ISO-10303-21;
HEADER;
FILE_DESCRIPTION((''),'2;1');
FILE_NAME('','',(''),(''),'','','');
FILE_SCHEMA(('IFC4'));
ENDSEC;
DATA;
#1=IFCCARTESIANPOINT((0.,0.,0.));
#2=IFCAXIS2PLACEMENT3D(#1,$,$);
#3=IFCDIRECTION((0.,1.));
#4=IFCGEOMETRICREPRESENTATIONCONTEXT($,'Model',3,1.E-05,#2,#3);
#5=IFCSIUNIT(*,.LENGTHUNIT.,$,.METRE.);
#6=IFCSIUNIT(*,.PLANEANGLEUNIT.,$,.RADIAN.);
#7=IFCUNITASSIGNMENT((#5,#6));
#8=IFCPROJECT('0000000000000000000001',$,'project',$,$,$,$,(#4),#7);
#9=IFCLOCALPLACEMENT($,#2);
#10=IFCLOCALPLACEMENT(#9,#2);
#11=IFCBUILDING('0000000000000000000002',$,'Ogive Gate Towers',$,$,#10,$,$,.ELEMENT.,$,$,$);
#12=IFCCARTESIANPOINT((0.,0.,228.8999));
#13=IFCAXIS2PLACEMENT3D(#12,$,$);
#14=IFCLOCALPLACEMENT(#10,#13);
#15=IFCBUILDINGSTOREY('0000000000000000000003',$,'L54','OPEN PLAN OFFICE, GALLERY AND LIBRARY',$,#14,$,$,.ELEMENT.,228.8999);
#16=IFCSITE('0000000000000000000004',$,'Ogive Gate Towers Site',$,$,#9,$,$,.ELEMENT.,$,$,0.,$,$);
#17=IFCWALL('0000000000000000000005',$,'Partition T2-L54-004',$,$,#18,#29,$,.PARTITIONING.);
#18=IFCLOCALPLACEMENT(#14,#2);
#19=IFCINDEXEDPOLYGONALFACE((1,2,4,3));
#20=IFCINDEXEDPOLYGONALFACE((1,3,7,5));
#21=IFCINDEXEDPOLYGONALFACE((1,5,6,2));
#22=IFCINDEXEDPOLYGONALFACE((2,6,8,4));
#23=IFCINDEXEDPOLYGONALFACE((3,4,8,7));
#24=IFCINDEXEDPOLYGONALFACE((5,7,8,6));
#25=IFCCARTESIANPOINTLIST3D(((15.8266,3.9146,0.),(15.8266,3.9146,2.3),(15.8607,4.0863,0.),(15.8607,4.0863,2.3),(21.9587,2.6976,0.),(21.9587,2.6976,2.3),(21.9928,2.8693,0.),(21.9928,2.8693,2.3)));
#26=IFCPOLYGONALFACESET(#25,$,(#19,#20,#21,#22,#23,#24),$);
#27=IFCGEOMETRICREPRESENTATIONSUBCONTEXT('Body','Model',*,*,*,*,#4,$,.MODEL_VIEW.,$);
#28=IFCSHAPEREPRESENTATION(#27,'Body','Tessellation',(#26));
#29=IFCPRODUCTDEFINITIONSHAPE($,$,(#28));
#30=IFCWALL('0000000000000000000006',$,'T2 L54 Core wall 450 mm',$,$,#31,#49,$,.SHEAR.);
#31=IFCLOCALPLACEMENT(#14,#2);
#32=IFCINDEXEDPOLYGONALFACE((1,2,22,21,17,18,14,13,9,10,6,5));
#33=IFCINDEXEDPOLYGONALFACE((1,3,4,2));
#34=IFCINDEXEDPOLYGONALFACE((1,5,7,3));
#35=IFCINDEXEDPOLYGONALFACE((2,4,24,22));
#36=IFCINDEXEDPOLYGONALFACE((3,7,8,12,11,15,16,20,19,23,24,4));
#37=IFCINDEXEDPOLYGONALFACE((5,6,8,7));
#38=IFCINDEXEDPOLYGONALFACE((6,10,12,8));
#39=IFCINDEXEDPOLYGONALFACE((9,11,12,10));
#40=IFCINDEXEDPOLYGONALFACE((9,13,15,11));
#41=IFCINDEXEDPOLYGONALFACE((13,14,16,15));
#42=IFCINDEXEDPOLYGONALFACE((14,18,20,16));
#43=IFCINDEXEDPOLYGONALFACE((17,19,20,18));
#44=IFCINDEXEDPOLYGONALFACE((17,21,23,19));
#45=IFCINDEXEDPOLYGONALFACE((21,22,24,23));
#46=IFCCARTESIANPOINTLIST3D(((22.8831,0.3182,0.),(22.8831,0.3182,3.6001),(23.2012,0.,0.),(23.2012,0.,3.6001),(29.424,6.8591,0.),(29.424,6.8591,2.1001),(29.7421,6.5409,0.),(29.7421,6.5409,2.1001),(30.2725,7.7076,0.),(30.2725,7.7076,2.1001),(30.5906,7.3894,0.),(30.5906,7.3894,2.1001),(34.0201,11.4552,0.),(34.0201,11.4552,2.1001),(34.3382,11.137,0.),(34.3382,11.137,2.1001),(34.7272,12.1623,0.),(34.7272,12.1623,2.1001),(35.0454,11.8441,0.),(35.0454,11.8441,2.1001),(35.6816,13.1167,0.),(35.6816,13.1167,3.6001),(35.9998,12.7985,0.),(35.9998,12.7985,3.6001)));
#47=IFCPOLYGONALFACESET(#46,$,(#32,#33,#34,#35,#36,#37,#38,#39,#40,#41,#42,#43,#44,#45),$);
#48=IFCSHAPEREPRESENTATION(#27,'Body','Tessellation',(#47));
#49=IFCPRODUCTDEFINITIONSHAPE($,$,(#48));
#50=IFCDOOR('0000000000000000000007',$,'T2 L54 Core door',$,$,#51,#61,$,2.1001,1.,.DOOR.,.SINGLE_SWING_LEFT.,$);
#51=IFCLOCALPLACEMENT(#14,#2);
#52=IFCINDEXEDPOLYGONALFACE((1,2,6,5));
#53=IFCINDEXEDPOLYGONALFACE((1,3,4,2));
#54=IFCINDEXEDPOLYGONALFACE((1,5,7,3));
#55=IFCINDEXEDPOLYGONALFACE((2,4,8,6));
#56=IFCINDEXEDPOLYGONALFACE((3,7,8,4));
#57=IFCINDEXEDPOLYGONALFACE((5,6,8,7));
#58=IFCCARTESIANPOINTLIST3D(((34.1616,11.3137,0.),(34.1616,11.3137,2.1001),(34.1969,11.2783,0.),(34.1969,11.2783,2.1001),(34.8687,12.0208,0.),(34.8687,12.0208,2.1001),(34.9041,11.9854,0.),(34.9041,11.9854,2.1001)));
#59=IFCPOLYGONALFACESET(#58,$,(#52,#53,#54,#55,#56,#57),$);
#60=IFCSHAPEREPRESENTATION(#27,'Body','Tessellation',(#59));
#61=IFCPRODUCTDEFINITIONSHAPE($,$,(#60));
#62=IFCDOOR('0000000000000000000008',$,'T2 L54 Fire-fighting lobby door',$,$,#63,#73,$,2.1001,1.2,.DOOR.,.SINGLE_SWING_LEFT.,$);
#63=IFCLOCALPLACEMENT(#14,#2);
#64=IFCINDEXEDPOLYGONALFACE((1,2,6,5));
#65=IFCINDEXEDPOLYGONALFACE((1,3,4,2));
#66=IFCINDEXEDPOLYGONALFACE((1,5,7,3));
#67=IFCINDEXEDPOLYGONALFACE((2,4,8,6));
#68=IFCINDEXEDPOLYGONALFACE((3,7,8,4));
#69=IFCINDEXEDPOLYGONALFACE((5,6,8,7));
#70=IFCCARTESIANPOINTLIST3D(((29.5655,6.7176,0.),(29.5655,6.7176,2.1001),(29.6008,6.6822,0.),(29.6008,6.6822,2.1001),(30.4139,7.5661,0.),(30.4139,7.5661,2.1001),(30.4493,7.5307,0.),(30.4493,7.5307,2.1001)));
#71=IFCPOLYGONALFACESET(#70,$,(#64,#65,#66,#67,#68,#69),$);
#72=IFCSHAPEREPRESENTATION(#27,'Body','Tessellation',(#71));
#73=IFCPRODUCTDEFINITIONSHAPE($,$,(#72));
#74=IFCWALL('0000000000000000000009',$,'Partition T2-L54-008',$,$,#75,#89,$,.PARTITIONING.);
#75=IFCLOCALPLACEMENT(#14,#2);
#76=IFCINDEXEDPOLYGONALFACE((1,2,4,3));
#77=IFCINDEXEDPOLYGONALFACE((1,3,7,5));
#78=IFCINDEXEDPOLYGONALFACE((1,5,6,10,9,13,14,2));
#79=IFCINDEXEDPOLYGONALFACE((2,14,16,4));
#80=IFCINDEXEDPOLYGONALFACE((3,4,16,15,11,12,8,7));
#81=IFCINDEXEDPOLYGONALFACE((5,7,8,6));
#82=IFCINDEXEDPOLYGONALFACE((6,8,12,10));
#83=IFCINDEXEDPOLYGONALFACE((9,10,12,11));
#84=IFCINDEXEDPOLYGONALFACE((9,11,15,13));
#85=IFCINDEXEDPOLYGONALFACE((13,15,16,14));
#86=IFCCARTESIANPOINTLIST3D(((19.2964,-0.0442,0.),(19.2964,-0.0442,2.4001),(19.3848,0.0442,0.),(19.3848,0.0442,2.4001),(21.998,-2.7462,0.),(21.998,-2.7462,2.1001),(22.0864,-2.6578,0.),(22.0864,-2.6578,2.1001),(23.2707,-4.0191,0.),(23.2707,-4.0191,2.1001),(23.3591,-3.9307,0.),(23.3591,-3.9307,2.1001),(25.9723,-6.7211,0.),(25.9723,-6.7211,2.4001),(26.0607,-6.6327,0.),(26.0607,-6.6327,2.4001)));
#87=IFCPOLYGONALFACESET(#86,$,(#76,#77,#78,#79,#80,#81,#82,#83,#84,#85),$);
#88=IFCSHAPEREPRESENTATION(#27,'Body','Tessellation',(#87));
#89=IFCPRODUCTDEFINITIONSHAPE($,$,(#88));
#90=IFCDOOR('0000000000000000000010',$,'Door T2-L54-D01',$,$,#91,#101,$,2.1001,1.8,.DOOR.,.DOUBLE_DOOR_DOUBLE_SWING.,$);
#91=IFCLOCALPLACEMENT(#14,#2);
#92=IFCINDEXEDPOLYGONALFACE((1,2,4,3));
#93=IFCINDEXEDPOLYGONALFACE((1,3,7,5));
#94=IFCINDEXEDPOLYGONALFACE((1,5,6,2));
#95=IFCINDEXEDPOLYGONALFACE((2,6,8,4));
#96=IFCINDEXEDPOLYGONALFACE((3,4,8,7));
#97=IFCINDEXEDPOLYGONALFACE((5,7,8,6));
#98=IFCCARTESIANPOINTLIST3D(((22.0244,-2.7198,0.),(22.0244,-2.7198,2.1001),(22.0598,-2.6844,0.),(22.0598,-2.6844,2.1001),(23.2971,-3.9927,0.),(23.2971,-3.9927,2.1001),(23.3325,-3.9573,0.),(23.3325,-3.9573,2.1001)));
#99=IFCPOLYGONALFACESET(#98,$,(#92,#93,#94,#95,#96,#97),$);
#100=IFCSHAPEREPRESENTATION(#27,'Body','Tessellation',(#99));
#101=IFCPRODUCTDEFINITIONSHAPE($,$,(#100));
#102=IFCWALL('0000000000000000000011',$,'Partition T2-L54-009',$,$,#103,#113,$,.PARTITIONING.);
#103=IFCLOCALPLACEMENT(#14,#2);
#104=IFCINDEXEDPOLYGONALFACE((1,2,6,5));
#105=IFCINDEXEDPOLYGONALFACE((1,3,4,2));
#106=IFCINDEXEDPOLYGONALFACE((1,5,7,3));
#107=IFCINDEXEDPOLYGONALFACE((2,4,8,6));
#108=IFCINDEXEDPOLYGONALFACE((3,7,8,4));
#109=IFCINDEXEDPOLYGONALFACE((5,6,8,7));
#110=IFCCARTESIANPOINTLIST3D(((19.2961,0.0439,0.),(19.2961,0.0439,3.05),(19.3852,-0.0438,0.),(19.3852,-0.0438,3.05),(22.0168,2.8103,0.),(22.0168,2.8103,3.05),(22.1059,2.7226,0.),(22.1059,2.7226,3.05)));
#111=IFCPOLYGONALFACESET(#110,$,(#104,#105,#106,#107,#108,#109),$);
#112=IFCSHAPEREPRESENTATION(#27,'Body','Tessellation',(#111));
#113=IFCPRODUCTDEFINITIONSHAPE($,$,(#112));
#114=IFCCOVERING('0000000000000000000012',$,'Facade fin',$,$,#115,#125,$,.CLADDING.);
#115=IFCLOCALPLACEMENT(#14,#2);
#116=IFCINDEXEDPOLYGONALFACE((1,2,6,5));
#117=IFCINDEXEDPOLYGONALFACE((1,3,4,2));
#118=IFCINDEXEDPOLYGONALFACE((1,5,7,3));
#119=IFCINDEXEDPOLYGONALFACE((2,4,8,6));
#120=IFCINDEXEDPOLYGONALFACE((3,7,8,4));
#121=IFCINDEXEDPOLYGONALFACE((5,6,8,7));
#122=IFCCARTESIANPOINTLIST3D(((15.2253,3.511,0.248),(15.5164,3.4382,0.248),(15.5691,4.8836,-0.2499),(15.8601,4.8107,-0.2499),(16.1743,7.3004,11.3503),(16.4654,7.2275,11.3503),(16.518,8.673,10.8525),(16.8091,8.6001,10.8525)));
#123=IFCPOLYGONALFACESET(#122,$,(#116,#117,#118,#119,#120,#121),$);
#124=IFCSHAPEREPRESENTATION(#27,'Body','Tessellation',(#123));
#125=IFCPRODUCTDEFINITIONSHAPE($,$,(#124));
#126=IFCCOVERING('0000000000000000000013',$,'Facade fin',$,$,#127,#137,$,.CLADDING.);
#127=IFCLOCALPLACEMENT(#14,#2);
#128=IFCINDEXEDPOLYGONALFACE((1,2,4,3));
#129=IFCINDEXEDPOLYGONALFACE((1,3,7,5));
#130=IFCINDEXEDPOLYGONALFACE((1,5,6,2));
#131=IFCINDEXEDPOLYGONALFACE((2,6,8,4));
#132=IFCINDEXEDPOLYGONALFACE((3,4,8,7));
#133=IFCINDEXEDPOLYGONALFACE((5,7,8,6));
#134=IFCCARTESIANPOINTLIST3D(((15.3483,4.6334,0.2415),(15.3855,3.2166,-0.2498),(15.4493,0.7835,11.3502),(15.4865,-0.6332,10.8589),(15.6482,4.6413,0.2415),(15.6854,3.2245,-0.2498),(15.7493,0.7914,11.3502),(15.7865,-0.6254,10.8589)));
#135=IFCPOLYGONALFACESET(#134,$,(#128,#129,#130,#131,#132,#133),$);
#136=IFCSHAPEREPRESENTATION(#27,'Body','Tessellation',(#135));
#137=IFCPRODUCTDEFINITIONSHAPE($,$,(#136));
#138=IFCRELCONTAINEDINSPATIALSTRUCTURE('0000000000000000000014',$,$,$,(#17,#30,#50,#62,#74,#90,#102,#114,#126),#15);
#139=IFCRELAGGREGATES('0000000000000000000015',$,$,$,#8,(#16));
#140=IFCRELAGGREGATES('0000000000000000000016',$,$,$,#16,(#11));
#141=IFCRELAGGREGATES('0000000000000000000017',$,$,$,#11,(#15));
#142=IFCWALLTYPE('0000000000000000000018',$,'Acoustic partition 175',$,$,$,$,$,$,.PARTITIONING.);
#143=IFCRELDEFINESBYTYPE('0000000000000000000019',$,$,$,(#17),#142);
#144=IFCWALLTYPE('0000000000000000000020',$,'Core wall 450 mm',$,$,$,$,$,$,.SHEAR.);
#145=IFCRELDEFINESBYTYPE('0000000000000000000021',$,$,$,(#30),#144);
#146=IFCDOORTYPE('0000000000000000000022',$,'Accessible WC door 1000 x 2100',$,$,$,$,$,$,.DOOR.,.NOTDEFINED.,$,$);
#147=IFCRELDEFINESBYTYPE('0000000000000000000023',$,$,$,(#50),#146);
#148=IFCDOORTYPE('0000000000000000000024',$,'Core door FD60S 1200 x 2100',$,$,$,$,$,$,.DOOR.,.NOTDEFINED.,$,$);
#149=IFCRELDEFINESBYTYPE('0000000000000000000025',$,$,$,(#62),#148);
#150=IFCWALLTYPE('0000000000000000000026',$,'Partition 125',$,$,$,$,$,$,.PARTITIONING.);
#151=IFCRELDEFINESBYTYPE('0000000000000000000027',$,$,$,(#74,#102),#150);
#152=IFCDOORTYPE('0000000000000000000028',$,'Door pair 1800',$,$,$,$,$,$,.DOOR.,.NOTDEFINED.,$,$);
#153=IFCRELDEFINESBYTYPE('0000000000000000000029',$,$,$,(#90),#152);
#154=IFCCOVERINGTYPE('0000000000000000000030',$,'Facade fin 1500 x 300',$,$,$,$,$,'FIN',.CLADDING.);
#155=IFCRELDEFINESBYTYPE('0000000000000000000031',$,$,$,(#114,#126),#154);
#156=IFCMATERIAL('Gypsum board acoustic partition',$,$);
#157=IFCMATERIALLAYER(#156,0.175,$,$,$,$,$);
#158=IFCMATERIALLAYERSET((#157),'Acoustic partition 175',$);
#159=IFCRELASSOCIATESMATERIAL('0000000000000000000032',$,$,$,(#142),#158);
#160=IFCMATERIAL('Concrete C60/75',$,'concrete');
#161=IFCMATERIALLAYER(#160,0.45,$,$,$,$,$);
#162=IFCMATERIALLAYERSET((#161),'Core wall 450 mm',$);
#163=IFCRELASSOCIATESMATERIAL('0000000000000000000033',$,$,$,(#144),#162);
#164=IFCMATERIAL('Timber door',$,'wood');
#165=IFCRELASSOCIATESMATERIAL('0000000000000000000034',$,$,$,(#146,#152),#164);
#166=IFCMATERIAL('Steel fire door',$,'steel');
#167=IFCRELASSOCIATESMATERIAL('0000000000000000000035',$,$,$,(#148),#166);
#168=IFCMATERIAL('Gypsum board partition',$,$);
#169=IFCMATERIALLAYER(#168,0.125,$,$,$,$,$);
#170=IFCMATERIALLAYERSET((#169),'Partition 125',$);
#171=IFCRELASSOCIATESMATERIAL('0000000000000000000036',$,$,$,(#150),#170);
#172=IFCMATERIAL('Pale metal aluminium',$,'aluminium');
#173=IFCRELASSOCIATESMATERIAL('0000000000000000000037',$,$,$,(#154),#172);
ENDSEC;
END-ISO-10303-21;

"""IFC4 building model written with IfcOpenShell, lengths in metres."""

from ifc_helpers import new_model, si_unit, direction, frame, frame_2d, origin, origin_2d, place, context, subcontext, project, spatial, rectangle, extrude, material, layer, layer_set, material_profile, profile_set, type_object, element, fill, save


model = new_model("IFC4")

# Units and contexts
model_context = context("Model", 3, precision=1e-05, world=origin(), true_north=direction((0.0, 1.0)))
body_context = subcontext(model_context, "Body", "Model", "MODEL_VIEW")
ifc_project = project(units=[si_unit("LENGTHUNIT", "METRE"), si_unit("PLANEANGLEUNIT", "RADIAN")], contexts=[model_context])

# Site, building, storey
site_placement = place(None, origin())
site = spatial("IfcSite", under=ifc_project, at=site_placement, Name="Ogive Gate Towers Site", CompositionType="ELEMENT", RefElevation=0.0)
building_placement = place(site_placement, origin())
building = spatial("IfcBuilding", under=site, at=building_placement, Name="Ogive Gate Towers", CompositionType="ELEMENT")
storey_placement = place(building_placement, frame((0.0, 0.0, 228.8999)))
storey = spatial("IfcBuildingStorey", under=building, at=storey_placement, Name="L54", Description="OPEN PLAN OFFICE, GALLERY AND LIBRARY", CompositionType="ELEMENT", Elevation=228.8999)

# Shared definitions
ifc_material_1 = material(Name="Pale metal aluminium", Category="aluminium")

# Wall
ifc_material_2 = material(Name="Gypsum board acoustic partition")
ifc_layer_1 = layer(ifc_material_2, 0.175)
ifc_layer_set_1 = layer_set([ifc_layer_1], Name="Acoustic partition 175")
wall_type_1 = type_object("IfcWallType", Name="Acoustic partition 175", PredefinedType="PARTITIONING", material=ifc_layer_set_1)
wall_1_placement = place(storey_placement, frame((15.8435, 4.0005, 0.0), z_axis=(0.0, 0.0, 1.0), x_axis=(0.980868, -0.194674, 0.0)))
element("IfcWall", 1, at=wall_1_placement, inside=storey, type_object=wall_type_1, Name="Partition T2-L54-004", PredefinedType="PARTITIONING", context=body_context, shape_type="SweptSolid", body=[
    extrude(rectangle(XDim=6.2517, YDim=0.175, at=frame_2d((3.126, 0.0))), origin(), (0.0, 0.0, 1.0), 2.3),
])

# Wall, openings, doors
ifc_material_3 = material(Name="Concrete C60/75", Category="concrete")
ifc_layer_2 = layer(ifc_material_3, 0.45)
ifc_layer_set_2 = layer_set([ifc_layer_2], Name="Core wall 450 mm")
wall_type_2 = type_object("IfcWallType", Name="Core wall 450 mm", PredefinedType="SHEAR", material=ifc_layer_set_2)
wall_2_placement = place(storey_placement, frame((23.0422, 0.1592, 0.0), z_axis=(0.0, 0.0, 1.0), x_axis=(0.707107, 0.707107, 0.0)))
wall_2 = element("IfcWall", 2, at=wall_2_placement, inside=storey, type_object=wall_type_2, Name="T2 L54 Core wall 450 mm", PredefinedType="SHEAR", context=body_context, shape_type="SweptSolid", body=[
    extrude(rectangle(XDim=18.0999, YDim=0.45, at=frame_2d((9.0498, 0.0))), origin(), (0.0, 0.0, 1.0), 3.6001),
])
opening_1_placement = place(wall_2_placement, frame((9.25, 0.0, 0.0)))
opening_1 = element("IfcOpeningElement", 3, at=opening_1_placement, cuts=wall_2, PredefinedType="OPENING", context=body_context, shape_type="SweptSolid", body=[
    extrude(rectangle(XDim=1.2, YDim=2.1001, at=frame_2d((0.6001, 1.05))), frame((0.0, 0.2349, 0.0), z_axis=(0.0, -1.0, 0.0), x_axis=(1.0, 0.0, 0.0)), (0.0, 0.0, 1.0), 0.47),
])
opening_2_placement = place(wall_2_placement, frame((15.75, 0.0, 0.0)))
opening_2 = element("IfcOpeningElement", 4, at=opening_2_placement, cuts=wall_2, PredefinedType="OPENING", context=body_context, shape_type="SweptSolid", body=[
    extrude(rectangle(XDim=1.0, YDim=2.1001, at=frame_2d((0.5, 1.05))), frame((0.0, 0.2349, 0.0), z_axis=(0.0, -1.0, 0.0), x_axis=(1.0, 0.0, 0.0)), (0.0, 0.0, 1.0), 0.47),
])
ifc_material_4 = material(Name="Timber door", Category="wood")
door_type_1 = type_object("IfcDoorType", Name="Accessible WC door 1000 x 2100", OperationType="NOTDEFINED", PredefinedType="DOOR", material=ifc_material_4)
door_1_placement = place(opening_2_placement, origin())
door_1 = element("IfcDoor", 5, at=door_1_placement, inside=storey, type_object=door_type_1, Name="T2 L54 Core door", OperationType="SINGLE_SWING_LEFT", OverallHeight=2.1001, OverallWidth=1.0, PredefinedType="DOOR", context=body_context, shape_type="SweptSolid", body=[
    extrude(rectangle(XDim=1.0, YDim=2.1001, at=frame_2d((0.5, 1.05))), frame((0.0, 0.0249, 0.0), z_axis=(0.0, -1.0, 0.0), x_axis=(1.0, 0.0, 0.0)), (0.0, 0.0, 1.0), 0.05),
])
fill(opening_2, door_1)
ifc_material_5 = material(Name="Steel fire door", Category="steel")
door_type_2 = type_object("IfcDoorType", Name="Core door FD60S 1200 x 2100", OperationType="NOTDEFINED", PredefinedType="DOOR", material=ifc_material_5)
door_2_placement = place(opening_1_placement, origin())
door_2 = element("IfcDoor", 6, at=door_2_placement, inside=storey, type_object=door_type_2, Name="T2 L54 Fire-fighting lobby door", OperationType="SINGLE_SWING_LEFT", OverallHeight=2.1001, OverallWidth=1.2, PredefinedType="DOOR", context=body_context, shape_type="SweptSolid", body=[
    extrude(rectangle(XDim=1.2, YDim=2.1001, at=frame_2d((0.6001, 1.05))), frame((0.0, 0.0249, 0.0), z_axis=(0.0, -1.0, 0.0), x_axis=(1.0, 0.0, 0.0)), (0.0, 0.0, 1.0), 0.05),
])
fill(opening_1, door_2)

# Wall, opening, door
ifc_material_6 = material(Name="Gypsum board partition")
ifc_layer_3 = layer(ifc_material_6, 0.125)
ifc_layer_set_3 = layer_set([ifc_layer_3], Name="Partition 125")
wall_type_3 = type_object("IfcWallType", Name="Partition 125", PredefinedType="PARTITIONING", material=ifc_layer_set_3)
wall_3_placement = place(storey_placement, frame((19.3406, 0.0, 0.0), z_axis=(0.0, 0.0, 1.0), x_axis=(0.707055, -0.707158, 0.0)))
wall_3 = element("IfcWall", 7, at=wall_3_placement, inside=storey, type_object=wall_type_3, Name="Partition T2-L54-008", PredefinedType="PARTITIONING", context=body_context, shape_type="SweptSolid", body=[
    extrude(rectangle(XDim=9.4419, YDim=0.125, at=frame_2d((4.7209, 0.0))), origin(), (0.0, 0.0, 1.0), 2.4001),
])
opening_3_placement = place(wall_3_placement, frame((3.821, 0.0, 0.0)))
opening_3 = element("IfcOpeningElement", 8, at=opening_3_placement, cuts=wall_3, PredefinedType="OPENING", context=body_context, shape_type="SweptSolid", body=[
    extrude(rectangle(XDim=1.8, YDim=2.1001, at=frame_2d((0.8999, 1.05))), frame((0.0, 0.0725, 0.0), z_axis=(0.0, -1.0, 0.0), x_axis=(1.0, 0.0, 0.0)), (0.0, 0.0, 1.0), 0.145),
])
door_type_3 = type_object("IfcDoorType", Name="Door pair 1800", OperationType="NOTDEFINED", PredefinedType="DOOR", material=ifc_material_4)
door_3_placement = place(opening_3_placement, origin())
door_3 = element("IfcDoor", 9, at=door_3_placement, inside=storey, type_object=door_type_3, Name="Door T2-L54-D01", OperationType="DOUBLE_DOOR_DOUBLE_SWING", OverallHeight=2.1001, OverallWidth=1.8, PredefinedType="DOOR", context=body_context, shape_type="SweptSolid", body=[
    extrude(rectangle(XDim=1.8, YDim=2.1001, at=frame_2d((0.8999, 1.05))), frame((0.0, 0.0249, 0.0), z_axis=(0.0, -1.0, 0.0), x_axis=(1.0, 0.0, 0.0)), (0.0, 0.0, 1.0), 0.05),
])
fill(opening_3, door_3)

# Wall
wall_4_placement = place(storey_placement, frame((22.0613, 2.7664, 0.0), z_axis=(0.0, 0.0, 1.0), x_axis=(-0.701199, -0.712965, 0.0)))
element("IfcWall", 10, at=wall_4_placement, inside=storey, type_object=wall_type_3, Name="Partition T2-L54-009", PredefinedType="PARTITIONING", context=body_context, shape_type="SweptSolid", body=[
    extrude(rectangle(XDim=3.8801, YDim=0.125, at=frame_2d((1.9399, 0.0))), origin(), (0.0, 0.0, 1.0), 3.05),
])

# Coverings
ifc_material_profile_1 = material_profile(ifc_material_1, rectangle(XDim=0.3, YDim=1.5, at=origin_2d()), Name="1500 x 300 pale metal aluminium")
ifc_profile_set_1 = profile_set([ifc_material_profile_1], Name="Pale metal aluminium")
covering_type = type_object("IfcCoveringType", Name="Facade fin 1500 x 300", ElementType="FIN", PredefinedType="CLADDING", material=ifc_profile_set_1)
covering_1_placement = place(storey_placement, frame((15.5427, 4.1609, -0.001), z_axis=(0.08063, 0.321961, 0.943313), x_axis=(-0.970043, 0.242933, 0.0)))
element("IfcCovering", 11, at=covering_1_placement, inside=storey, type_object=covering_type, Name="Facade fin", PredefinedType="CLADDING", context=body_context, shape_type="SweptSolid", body=[
    extrude(rectangle(XDim=0.3, YDim=1.5, at=origin_2d()), origin(), (0.0, 0.0, 1.0), 11.7695),
])
covering_2_placement = place(storey_placement, frame((15.5168, 3.929, -0.0042), z_axis=(0.008597, -0.327444, 0.944831), x_axis=(0.999656, 0.026245, 0.0)))
element("IfcCovering", 12, at=covering_2_placement, inside=storey, type_object=covering_type, Name="Facade fin", PredefinedType="CLADDING", context=body_context, shape_type="SweptSolid", body=[
    extrude(rectangle(XDim=0.3, YDim=1.5, at=origin_2d()), origin(), (0.0, 0.0, 1.0), 11.7573),
])

save(model, "model.ifc")
